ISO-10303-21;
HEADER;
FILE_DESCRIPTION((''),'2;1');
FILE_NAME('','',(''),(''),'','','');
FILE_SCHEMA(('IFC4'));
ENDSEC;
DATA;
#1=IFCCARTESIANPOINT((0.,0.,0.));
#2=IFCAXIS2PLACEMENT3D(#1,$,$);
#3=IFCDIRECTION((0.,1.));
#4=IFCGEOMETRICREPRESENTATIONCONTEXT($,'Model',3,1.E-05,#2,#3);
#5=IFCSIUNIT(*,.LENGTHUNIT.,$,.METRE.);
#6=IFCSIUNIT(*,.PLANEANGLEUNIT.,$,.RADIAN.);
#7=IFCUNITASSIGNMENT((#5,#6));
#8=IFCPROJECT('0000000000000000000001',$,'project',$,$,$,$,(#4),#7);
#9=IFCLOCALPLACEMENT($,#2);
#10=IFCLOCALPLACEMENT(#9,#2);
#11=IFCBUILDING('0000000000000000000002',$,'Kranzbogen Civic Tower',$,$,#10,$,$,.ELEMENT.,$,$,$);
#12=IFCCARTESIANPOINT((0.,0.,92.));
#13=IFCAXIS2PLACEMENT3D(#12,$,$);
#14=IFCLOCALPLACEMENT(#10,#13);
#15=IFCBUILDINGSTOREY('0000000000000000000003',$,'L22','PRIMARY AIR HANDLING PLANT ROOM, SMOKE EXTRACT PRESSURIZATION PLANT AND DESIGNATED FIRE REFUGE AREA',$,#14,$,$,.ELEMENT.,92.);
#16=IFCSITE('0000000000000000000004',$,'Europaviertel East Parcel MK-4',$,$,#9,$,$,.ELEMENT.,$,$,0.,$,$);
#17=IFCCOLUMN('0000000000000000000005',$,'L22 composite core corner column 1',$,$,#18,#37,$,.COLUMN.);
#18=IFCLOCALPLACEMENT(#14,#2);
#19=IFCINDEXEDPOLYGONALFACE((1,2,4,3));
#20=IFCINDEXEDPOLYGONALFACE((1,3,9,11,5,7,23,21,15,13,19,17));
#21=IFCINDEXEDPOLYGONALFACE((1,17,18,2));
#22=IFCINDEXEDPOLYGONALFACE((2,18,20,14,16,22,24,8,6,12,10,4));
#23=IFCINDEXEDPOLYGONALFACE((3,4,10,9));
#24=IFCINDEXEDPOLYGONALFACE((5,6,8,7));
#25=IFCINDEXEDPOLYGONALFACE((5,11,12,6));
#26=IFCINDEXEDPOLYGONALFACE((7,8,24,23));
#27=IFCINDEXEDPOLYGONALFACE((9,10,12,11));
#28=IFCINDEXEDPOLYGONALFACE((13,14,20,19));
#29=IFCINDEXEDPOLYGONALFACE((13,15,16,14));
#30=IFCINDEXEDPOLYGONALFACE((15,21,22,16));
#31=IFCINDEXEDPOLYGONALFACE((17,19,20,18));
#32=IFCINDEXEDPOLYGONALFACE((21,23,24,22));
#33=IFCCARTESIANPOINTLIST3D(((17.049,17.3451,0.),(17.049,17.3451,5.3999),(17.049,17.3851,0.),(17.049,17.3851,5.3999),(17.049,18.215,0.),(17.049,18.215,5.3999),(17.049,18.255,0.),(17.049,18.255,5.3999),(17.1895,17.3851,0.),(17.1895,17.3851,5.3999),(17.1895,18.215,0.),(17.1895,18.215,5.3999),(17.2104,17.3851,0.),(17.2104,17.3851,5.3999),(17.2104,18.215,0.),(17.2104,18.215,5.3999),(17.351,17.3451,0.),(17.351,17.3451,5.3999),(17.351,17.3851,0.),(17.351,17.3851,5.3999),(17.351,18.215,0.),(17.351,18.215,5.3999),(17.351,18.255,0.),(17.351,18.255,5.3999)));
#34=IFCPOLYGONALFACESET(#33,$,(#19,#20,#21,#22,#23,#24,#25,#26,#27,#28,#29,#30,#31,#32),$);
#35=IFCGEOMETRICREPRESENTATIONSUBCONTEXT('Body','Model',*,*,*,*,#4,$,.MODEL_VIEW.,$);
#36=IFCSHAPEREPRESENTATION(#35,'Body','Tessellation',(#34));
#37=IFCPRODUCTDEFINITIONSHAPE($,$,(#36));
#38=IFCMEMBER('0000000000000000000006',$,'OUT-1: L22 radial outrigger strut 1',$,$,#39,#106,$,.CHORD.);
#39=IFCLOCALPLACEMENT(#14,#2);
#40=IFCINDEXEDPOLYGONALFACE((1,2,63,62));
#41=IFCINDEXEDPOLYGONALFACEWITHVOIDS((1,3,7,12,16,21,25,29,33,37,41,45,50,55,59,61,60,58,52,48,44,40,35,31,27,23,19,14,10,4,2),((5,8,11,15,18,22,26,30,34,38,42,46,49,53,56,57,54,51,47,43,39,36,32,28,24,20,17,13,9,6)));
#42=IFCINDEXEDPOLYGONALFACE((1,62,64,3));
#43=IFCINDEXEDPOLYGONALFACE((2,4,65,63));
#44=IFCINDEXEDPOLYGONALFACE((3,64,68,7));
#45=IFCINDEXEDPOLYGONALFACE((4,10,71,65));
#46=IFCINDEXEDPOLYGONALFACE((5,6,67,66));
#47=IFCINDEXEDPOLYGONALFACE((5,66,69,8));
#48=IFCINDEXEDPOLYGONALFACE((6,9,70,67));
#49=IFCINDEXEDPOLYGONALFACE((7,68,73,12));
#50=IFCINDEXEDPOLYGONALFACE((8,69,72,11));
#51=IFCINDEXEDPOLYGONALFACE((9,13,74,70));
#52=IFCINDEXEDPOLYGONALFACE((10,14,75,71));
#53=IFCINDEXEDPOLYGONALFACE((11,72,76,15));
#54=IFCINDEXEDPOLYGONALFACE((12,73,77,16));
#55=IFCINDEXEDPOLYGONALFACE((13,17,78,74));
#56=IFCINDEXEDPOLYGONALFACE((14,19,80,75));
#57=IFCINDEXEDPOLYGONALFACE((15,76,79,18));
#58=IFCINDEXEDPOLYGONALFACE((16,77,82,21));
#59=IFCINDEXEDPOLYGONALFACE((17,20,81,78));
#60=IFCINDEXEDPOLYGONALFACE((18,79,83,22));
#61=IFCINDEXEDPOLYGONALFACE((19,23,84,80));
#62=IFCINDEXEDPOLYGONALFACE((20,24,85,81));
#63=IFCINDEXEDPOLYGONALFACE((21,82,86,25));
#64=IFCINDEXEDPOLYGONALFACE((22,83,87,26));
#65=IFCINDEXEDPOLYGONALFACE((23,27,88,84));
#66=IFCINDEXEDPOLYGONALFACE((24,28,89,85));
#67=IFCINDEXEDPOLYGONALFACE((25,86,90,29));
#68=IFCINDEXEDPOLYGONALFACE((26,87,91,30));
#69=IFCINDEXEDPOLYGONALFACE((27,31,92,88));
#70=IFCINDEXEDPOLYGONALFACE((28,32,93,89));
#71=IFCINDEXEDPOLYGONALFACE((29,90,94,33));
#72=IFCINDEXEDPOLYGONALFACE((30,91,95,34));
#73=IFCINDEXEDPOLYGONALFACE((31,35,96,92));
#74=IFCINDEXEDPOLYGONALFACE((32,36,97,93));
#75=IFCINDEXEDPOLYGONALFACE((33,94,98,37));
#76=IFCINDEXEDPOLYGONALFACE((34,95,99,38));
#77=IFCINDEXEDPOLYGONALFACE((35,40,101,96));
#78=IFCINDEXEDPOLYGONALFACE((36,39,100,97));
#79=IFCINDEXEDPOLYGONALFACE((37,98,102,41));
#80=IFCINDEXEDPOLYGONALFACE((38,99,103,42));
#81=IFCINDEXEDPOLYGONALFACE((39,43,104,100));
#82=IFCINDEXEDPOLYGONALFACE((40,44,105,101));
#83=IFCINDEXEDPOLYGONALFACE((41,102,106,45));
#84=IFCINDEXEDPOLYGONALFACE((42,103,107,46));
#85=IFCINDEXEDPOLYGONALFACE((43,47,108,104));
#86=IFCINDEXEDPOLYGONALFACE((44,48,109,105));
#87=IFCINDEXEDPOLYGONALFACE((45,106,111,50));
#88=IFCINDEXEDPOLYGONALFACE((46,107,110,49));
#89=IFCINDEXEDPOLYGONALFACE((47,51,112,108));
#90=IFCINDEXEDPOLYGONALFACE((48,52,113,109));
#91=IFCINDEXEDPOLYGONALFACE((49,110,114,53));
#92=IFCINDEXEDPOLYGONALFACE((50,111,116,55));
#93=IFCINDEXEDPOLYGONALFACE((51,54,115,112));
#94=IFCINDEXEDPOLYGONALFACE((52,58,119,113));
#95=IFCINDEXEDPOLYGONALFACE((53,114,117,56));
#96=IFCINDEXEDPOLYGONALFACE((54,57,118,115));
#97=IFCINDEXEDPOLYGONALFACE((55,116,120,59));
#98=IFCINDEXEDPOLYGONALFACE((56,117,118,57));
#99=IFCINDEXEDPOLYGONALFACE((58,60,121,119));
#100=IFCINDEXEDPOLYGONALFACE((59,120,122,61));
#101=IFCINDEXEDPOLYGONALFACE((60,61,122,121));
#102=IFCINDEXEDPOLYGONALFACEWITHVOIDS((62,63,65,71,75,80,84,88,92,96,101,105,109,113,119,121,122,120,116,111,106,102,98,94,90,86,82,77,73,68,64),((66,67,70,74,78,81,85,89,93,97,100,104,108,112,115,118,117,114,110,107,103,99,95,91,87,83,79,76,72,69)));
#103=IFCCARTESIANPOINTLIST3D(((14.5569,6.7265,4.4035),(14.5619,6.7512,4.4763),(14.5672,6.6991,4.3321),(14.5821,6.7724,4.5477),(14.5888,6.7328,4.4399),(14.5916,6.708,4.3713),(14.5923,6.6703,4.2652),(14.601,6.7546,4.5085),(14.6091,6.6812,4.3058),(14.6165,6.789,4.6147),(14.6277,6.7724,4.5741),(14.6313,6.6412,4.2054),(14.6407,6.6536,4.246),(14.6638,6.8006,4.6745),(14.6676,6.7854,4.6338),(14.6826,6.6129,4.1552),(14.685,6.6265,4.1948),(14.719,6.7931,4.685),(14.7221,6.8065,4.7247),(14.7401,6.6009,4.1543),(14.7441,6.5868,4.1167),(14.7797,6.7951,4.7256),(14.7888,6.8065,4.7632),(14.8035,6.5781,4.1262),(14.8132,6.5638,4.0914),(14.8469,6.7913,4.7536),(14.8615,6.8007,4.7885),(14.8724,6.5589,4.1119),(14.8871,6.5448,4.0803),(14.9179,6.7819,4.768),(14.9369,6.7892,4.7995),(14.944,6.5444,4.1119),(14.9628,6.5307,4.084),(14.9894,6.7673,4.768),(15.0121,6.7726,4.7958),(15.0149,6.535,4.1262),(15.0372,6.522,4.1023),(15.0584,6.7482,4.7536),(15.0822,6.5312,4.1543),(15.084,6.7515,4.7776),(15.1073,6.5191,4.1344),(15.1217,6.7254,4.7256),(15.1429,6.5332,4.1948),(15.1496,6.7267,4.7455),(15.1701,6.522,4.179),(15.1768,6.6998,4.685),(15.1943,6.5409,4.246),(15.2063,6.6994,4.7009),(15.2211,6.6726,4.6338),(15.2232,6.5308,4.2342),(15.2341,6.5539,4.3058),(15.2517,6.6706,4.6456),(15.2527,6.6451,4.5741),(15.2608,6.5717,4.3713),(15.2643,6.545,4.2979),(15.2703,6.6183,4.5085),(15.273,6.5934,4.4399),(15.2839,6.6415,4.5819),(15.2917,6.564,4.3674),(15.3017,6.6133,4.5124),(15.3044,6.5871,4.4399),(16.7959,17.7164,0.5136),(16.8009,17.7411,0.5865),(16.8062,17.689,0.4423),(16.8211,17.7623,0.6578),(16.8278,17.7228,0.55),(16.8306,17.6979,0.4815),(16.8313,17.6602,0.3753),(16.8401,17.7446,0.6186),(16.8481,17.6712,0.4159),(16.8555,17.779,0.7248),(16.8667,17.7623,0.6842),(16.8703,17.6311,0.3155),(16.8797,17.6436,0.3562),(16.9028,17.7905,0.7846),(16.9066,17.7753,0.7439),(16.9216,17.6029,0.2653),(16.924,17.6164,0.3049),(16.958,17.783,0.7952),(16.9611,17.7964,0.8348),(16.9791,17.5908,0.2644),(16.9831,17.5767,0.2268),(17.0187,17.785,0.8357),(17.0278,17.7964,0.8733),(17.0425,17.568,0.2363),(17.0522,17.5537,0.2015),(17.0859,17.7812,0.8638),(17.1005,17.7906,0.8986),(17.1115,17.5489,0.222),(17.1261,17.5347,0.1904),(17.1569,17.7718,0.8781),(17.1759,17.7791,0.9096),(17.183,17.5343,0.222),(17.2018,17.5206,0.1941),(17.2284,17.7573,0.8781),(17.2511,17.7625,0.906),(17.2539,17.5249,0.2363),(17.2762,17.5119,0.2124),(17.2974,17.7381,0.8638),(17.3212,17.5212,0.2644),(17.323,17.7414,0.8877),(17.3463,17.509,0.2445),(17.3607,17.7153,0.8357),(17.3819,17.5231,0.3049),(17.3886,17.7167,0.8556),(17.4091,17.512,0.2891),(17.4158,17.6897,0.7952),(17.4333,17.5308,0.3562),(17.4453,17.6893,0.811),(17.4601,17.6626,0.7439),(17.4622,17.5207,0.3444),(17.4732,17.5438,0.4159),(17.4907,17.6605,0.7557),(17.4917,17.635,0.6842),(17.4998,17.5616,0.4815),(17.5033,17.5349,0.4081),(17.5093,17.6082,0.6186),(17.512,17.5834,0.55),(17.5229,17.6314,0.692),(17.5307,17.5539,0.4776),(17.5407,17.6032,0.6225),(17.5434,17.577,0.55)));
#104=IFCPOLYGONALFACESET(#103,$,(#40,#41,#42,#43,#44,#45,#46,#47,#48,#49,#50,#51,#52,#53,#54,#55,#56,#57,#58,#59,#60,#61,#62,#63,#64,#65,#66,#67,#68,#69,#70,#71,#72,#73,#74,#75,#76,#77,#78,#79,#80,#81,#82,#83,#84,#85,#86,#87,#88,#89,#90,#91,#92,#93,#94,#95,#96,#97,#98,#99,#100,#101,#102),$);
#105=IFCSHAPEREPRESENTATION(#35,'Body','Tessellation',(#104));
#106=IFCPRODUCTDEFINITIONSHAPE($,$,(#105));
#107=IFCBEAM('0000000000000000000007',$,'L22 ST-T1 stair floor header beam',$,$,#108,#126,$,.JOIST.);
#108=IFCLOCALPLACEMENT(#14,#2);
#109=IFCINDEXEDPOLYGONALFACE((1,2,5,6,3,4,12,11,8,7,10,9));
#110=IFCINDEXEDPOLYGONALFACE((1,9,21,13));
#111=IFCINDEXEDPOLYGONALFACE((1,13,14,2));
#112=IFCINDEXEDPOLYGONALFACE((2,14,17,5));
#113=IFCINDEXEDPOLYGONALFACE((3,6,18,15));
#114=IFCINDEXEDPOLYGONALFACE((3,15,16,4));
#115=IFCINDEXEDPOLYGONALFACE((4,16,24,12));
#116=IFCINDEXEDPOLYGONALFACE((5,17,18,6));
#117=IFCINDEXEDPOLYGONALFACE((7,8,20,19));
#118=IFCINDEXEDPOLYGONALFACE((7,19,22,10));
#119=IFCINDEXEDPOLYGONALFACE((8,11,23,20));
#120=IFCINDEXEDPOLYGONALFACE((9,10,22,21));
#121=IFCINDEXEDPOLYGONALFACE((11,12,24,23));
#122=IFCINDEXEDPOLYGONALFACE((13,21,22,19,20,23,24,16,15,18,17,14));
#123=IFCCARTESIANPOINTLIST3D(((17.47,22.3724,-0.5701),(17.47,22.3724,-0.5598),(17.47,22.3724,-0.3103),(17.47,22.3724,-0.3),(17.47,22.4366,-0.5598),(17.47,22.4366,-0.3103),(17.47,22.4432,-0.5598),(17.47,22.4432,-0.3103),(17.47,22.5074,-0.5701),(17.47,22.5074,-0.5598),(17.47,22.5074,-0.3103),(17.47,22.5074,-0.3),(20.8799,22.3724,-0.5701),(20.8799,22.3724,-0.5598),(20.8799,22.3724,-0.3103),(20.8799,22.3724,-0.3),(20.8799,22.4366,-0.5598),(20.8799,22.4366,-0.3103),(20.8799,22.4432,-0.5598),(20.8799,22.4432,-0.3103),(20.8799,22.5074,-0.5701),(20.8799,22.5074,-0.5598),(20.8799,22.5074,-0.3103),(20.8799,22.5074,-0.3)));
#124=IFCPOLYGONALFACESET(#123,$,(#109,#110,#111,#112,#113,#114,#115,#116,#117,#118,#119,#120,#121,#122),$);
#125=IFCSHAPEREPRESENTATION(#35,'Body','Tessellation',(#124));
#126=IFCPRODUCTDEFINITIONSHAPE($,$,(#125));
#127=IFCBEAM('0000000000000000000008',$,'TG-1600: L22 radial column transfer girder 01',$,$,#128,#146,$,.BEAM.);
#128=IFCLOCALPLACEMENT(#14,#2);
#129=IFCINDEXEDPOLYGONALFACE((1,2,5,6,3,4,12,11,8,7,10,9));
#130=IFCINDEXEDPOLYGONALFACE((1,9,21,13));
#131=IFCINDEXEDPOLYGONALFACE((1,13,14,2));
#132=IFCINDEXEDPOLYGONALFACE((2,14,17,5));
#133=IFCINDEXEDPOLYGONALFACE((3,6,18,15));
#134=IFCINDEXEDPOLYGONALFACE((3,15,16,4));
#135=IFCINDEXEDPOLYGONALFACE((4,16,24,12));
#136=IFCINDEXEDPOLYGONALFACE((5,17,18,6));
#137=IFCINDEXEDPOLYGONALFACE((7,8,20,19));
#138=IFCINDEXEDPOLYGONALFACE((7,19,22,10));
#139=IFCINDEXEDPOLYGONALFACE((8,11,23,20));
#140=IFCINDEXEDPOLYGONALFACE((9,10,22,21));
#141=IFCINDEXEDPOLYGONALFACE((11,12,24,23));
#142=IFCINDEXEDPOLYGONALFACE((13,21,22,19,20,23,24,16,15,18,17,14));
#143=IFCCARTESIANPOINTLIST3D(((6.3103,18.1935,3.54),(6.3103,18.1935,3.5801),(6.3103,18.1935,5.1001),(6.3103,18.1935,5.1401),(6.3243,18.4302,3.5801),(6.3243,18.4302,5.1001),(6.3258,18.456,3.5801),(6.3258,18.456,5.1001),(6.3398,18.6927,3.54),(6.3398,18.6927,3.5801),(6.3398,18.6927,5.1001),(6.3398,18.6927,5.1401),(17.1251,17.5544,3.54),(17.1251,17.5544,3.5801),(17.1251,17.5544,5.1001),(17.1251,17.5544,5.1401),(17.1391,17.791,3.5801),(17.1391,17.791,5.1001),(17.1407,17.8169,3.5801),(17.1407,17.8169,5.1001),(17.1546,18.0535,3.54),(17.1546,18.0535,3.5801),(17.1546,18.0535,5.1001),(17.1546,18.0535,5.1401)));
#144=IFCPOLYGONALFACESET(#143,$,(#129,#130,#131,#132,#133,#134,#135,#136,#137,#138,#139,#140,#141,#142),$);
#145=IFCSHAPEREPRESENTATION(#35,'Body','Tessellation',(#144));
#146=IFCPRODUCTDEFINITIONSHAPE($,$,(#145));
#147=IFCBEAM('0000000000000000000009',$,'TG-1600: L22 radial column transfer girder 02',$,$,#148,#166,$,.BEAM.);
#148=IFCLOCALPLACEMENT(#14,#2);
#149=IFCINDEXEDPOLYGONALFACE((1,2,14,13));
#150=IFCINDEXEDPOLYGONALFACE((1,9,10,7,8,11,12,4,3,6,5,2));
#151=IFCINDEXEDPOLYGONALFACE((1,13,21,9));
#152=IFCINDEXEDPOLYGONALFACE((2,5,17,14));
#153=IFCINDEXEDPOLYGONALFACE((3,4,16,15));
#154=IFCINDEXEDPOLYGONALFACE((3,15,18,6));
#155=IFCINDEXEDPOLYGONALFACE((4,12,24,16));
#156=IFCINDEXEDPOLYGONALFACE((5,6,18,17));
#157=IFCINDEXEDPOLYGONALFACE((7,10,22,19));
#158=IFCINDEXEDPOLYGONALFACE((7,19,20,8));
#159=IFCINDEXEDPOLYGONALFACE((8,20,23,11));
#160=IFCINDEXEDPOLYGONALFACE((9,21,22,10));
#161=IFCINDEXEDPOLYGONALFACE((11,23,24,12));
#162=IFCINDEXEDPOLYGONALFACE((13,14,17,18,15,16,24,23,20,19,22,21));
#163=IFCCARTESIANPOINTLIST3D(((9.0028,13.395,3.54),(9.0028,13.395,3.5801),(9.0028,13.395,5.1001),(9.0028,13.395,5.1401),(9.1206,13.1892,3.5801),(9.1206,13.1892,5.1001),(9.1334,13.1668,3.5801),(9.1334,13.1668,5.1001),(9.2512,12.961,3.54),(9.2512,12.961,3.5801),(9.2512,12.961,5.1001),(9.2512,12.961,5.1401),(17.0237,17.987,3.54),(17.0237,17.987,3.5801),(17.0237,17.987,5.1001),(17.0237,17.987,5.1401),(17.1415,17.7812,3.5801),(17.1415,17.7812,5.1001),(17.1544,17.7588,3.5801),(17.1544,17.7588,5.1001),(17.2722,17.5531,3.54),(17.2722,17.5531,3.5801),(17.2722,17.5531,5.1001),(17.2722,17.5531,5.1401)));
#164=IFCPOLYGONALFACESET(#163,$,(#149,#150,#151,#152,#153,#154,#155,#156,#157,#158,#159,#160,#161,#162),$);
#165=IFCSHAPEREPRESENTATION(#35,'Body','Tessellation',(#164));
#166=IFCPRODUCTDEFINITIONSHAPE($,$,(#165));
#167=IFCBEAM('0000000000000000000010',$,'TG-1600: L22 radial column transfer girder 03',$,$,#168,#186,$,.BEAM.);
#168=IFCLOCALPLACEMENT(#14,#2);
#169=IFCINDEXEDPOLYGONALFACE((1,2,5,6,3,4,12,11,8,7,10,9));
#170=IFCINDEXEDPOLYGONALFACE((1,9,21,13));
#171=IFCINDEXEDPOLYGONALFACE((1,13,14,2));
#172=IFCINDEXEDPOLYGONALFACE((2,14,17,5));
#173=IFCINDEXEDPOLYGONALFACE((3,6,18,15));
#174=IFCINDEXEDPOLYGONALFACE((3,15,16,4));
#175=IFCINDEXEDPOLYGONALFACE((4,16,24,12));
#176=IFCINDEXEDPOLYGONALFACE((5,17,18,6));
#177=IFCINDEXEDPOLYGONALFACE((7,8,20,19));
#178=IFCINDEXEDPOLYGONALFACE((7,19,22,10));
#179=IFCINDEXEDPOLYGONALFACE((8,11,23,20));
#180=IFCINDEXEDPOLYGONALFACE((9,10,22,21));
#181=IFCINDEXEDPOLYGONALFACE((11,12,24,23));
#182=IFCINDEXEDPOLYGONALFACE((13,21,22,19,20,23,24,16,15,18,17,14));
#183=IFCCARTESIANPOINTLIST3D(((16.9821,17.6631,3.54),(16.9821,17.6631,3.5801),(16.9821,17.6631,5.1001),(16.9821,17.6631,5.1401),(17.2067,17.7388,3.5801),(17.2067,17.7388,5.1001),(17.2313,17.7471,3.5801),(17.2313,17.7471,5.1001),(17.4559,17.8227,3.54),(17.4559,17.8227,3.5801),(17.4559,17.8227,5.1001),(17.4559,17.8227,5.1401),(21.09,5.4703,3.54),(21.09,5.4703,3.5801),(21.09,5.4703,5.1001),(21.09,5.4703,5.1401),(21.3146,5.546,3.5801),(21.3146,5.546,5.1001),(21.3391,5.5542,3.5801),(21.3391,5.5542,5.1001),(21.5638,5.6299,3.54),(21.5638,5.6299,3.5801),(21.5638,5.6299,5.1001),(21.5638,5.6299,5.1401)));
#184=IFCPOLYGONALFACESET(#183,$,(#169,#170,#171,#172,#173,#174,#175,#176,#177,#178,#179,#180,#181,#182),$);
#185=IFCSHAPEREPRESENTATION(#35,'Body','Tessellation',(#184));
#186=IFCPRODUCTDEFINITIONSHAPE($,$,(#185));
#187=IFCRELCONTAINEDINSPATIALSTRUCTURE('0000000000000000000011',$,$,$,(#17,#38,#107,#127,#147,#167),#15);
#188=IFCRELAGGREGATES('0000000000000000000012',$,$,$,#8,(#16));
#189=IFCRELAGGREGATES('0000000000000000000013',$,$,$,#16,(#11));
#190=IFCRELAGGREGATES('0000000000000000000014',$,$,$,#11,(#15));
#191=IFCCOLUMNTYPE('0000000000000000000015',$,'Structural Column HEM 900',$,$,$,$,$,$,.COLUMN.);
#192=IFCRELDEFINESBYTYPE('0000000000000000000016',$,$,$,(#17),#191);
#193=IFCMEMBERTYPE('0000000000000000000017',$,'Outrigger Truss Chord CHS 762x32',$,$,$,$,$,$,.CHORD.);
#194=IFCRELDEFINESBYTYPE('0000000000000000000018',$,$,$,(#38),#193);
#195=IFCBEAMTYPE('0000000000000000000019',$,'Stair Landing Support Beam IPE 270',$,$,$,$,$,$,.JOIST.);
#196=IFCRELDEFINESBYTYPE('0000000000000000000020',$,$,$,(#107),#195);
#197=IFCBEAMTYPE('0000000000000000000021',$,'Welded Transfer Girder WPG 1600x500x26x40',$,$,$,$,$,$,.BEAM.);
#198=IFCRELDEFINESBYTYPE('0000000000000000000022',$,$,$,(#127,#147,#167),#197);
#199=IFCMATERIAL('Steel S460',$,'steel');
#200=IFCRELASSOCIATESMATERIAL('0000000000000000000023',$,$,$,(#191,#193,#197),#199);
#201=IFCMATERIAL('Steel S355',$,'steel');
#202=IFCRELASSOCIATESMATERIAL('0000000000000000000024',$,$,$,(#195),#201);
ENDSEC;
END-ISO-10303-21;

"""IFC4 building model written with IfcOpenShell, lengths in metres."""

from ifc_helpers import new_model, si_unit, direction, frame, origin, origin_2d, place, context, subcontext, project, spatial, hollow_circle, i_section, extrude, material, material_profile, profile_set, type_object, element, save


model = new_model("IFC4")

# Units and contexts
model_context = context("Model", 3, precision=1e-05, world=origin(), true_north=direction((0.0, 1.0)))
body_context = subcontext(model_context, "Body", "Model", "MODEL_VIEW")
ifc_project = project(units=[si_unit("LENGTHUNIT", "METRE"), si_unit("PLANEANGLEUNIT", "RADIAN")], contexts=[model_context])

# Site, building, storey
site_placement = place(None, origin())
site = spatial("IfcSite", under=ifc_project, at=site_placement, Name="Europaviertel East Parcel MK-4", CompositionType="ELEMENT", RefElevation=0.0)
building_placement = place(site_placement, origin())
building = spatial("IfcBuilding", under=site, at=building_placement, Name="Kranzbogen Civic Tower", CompositionType="ELEMENT")
storey_placement = place(building_placement, frame((0.0, 0.0, 92.0)))
storey = spatial("IfcBuildingStorey", under=building, at=storey_placement, Name="L22", Description="PRIMARY AIR HANDLING PLANT ROOM, SMOKE EXTRACT PRESSURIZATION PLANT AND DESIGNATED FIRE REFUGE AREA", CompositionType="ELEMENT", Elevation=92.0)

# Column
ifc_material_1 = material(Name="Steel S460", Category="steel")
ifc_material_profile_1 = material_profile(ifc_material_1, i_section(OverallWidth=0.302, OverallDepth=0.9099, WebThickness=0.021, FlangeThickness=0.04, at=origin_2d()), Name="HEM 900")
ifc_profile_set_1 = profile_set([ifc_material_profile_1], Name="Steel S460")
column_type = type_object("IfcColumnType", Name="Structural Column HEM 900", PredefinedType="COLUMN", material=ifc_profile_set_1)
column_placement = place(storey_placement, frame((17.2, 17.8, 0.0), z_axis=(0.0, 0.0, 1.0), x_axis=(1.0, 0.0, 0.0)))
element("IfcColumn", 1, at=column_placement, inside=storey, type_object=column_type, Name="L22 composite core corner column 1", PredefinedType="COLUMN", context=body_context, shape_type="SweptSolid", body=[
    extrude(i_section(OverallWidth=0.302, OverallDepth=0.9099, WebThickness=0.021, FlangeThickness=0.04, at=origin_2d()), origin(), (0.0, 0.0, 1.0), 5.3999),
])

# Member
ifc_material_profile_2 = material_profile(ifc_material_1, hollow_circle(Radius=0.3811, WallThickness=0.032, at=origin_2d()), Name="CHS 762x32")
ifc_profile_set_2 = profile_set([ifc_material_profile_2], Name="Steel S460")
member_type = type_object("IfcMemberType", Name="Outrigger Truss Chord CHS 762x32", PredefinedType="CHORD", material=ifc_profile_set_2)
member_placement = place(storey_placement, frame((17.1699, 17.6531, 0.55), z_axis=(-0.18861, -0.925773, 0.327676), x_axis=(0.979871, -0.199631, 0.0)))
element("IfcMember", 2, at=member_placement, inside=storey, type_object=member_type, Name="OUT-1: L22 radial outrigger strut 1", PredefinedType="CHORD", context=body_context, shape_type="SweptSolid", body=[
    extrude(hollow_circle(Radius=0.3811, WallThickness=0.032, at=origin_2d()), origin(), (0.0, 0.0, 1.0), 11.8711),
])

# Beams
ifc_material_2 = material(Name="Steel S355", Category="steel")
ifc_material_profile_3 = material_profile(ifc_material_2, i_section(OverallWidth=0.135, OverallDepth=0.27, WebThickness=0.0066, FlangeThickness=0.0103, at=origin_2d()), Name="IPE 270")
ifc_profile_set_3 = profile_set([ifc_material_profile_3], Name="Steel S355")
beam_type_1 = type_object("IfcBeamType", Name="Stair Landing Support Beam IPE 270", PredefinedType="JOIST", material=ifc_profile_set_3)
beam_1_placement = place(storey_placement, frame((20.8799, 22.4399, -0.4351), z_axis=(-1.0, 0.0, 0.0), x_axis=(0.0, -1.0, 0.0)))
element("IfcBeam", 3, at=beam_1_placement, inside=storey, type_object=beam_type_1, Name="L22 ST-T1 stair floor header beam", PredefinedType="JOIST", context=body_context, shape_type="SweptSolid", body=[
    extrude(i_section(OverallWidth=0.135, OverallDepth=0.27, WebThickness=0.0066, FlangeThickness=0.0103, at=origin_2d()), origin(), (0.0, 0.0, 1.0), 3.4099),
])
ifc_material_profile_4 = material_profile(ifc_material_1, i_section(OverallWidth=0.5, OverallDepth=1.6001, WebThickness=0.0259, FlangeThickness=0.04, at=origin_2d()), Name="WPG 1600x500x26x40")
ifc_profile_set_4 = profile_set([ifc_material_profile_4], Name="Steel S460")
beam_type_2 = type_object("IfcBeamType", Name="Welded Transfer Girder WPG 1600x500x26x40", PredefinedType="BEAM", material=ifc_profile_set_4)
beam_2_placement = place(storey_placement, frame((17.1399, 17.804, 4.3401), z_axis=(-0.998258, 0.058997, 0.0), x_axis=(-0.058997, -0.998258, 0.0)))
element("IfcBeam", 4, at=beam_2_placement, inside=storey, type_object=beam_type_2, Name="TG-1600: L22 radial column transfer girder 01", PredefinedType="BEAM", context=body_context, shape_type="SweptSolid", body=[
    extrude(i_section(OverallWidth=0.5, OverallDepth=1.6001, WebThickness=0.0259, FlangeThickness=0.04, at=origin_2d()), origin(), (0.0, 0.0, 1.0), 10.8337),
])
beam_3_placement = place(storey_placement, frame((17.1479, 17.77, 4.3401), z_axis=(-0.867841, -0.496841, 0.0), x_axis=(0.496841, -0.867841, 0.0)))
element("IfcBeam", 5, at=beam_3_placement, inside=storey, type_object=beam_type_2, Name="TG-1600: L22 radial column transfer girder 02", PredefinedType="BEAM", context=body_context, shape_type="SweptSolid", body=[
    extrude(i_section(OverallWidth=0.5, OverallDepth=1.6001, WebThickness=0.0259, FlangeThickness=0.04, at=origin_2d()), origin(), (0.0, 0.0, 1.0), 9.2424),
])
beam_4_placement = place(storey_placement, frame((17.219, 17.7429, 4.3401), z_axis=(0.319277, -0.947661, 0.0), x_axis=(0.947661, 0.319277, 0.0)))
element("IfcBeam", 6, at=beam_4_placement, inside=storey, type_object=beam_type_2, Name="TG-1600: L22 radial column transfer girder 03", PredefinedType="BEAM", context=body_context, shape_type="SweptSolid", body=[
    extrude(i_section(OverallWidth=0.5, OverallDepth=1.6001, WebThickness=0.0259, FlangeThickness=0.04, at=origin_2d()), origin(), (0.0, 0.0, 1.0), 12.8662),
])

save(model, "model.ifc")
